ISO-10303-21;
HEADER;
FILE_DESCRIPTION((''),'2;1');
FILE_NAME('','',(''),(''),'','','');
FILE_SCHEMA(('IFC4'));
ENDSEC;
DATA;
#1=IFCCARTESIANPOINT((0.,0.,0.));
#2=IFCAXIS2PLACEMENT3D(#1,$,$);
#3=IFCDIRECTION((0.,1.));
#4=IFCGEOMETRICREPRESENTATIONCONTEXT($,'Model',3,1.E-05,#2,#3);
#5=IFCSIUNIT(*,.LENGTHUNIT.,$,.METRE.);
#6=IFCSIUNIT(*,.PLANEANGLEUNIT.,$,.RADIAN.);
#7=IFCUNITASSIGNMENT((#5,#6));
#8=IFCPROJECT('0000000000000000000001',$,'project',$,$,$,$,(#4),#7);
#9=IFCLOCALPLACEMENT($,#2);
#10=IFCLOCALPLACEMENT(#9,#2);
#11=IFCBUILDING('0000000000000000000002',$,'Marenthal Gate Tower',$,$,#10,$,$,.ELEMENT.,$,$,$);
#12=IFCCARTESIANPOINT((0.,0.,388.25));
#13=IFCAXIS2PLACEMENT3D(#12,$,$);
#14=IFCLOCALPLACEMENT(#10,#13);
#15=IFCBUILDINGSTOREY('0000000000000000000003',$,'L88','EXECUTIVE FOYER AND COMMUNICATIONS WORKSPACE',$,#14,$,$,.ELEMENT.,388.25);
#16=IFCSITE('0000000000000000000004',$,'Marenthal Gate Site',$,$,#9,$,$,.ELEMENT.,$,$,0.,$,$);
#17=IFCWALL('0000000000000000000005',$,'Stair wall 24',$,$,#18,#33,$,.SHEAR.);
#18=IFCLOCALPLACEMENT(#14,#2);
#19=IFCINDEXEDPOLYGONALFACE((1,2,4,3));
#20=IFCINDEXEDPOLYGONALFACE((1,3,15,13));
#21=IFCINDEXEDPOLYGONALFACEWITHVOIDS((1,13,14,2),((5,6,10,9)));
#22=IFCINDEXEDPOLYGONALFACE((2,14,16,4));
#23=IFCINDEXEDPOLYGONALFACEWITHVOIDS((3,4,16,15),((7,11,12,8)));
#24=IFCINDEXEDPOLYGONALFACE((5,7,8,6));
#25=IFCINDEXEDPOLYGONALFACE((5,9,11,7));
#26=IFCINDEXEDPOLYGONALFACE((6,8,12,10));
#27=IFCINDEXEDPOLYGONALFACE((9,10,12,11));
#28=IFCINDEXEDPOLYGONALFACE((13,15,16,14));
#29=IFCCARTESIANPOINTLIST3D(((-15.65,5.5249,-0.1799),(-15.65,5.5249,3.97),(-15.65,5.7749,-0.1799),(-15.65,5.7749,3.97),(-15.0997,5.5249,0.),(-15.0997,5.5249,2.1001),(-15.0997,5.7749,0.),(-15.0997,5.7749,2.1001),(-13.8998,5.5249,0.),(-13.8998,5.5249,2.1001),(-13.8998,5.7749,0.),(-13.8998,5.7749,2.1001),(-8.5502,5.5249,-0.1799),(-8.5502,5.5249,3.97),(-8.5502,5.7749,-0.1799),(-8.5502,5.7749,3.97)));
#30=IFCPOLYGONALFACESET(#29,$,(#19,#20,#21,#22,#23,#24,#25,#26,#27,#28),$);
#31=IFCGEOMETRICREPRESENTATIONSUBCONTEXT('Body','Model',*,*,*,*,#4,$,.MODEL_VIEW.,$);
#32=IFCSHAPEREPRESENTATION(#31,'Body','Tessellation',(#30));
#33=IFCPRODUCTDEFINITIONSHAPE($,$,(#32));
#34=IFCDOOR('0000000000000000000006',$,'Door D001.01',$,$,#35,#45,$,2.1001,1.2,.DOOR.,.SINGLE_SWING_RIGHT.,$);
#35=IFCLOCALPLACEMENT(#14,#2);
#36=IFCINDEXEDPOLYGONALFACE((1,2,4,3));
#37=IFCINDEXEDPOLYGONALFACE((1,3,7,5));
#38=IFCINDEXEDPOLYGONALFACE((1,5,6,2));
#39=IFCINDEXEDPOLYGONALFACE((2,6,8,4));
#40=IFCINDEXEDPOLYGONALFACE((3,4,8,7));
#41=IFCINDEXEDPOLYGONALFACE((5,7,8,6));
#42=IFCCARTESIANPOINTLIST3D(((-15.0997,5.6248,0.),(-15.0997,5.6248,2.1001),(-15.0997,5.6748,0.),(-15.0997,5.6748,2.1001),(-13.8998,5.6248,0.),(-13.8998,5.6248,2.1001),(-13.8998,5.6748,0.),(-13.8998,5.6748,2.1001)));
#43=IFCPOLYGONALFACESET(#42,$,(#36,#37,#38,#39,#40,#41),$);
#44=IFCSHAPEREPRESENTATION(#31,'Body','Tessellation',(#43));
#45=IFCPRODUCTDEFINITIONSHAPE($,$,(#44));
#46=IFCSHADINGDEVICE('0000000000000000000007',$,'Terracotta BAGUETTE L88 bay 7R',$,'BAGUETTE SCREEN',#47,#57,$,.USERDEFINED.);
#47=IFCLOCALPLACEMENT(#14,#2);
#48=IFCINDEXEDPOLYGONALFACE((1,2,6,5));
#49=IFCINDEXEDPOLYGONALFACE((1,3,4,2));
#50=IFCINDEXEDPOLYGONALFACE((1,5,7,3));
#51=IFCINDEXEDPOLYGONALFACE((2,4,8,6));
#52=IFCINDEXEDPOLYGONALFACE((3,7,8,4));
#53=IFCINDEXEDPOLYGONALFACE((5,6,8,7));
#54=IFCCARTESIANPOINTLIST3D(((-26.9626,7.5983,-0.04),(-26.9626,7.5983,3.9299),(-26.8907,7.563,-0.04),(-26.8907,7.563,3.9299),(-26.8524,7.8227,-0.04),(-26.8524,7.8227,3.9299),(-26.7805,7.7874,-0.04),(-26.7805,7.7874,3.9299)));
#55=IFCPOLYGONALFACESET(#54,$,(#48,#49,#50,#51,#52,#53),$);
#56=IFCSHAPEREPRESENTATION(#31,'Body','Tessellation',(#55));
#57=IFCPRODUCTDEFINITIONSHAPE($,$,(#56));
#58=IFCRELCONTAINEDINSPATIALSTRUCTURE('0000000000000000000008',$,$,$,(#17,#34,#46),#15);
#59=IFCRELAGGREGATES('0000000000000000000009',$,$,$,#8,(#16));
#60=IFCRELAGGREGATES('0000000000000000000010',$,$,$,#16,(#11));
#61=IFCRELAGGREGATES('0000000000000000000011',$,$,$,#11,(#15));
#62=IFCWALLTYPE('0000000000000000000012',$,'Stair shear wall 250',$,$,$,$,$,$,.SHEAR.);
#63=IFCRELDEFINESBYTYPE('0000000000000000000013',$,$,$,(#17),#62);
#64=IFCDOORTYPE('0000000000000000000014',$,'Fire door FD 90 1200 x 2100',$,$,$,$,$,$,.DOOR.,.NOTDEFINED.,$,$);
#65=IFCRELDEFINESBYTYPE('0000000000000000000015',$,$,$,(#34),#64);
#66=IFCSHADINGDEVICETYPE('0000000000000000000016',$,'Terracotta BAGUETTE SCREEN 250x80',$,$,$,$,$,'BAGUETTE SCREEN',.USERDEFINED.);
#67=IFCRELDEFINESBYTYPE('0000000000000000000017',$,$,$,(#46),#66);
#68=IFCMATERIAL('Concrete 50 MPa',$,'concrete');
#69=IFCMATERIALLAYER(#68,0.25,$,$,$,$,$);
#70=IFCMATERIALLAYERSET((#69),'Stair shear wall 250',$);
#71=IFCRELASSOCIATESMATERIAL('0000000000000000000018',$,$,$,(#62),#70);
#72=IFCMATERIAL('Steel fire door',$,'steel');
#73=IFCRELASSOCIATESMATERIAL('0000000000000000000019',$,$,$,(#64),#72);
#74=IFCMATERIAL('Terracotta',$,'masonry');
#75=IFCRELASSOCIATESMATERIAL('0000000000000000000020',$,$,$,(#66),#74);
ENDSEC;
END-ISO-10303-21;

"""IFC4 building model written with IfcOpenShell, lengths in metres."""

from ifc_helpers import new_model, si_unit, direction, frame, frame_2d, origin, origin_2d, place, context, subcontext, project, spatial, rectangle, extrude, material, layer, layer_set, material_profile, profile_set, type_object, element, fill, save


model = new_model("IFC4")

# Units and contexts
model_context = context("Model", 3, precision=1e-05, world=origin(), true_north=direction((0.0, 1.0)))
body_context = subcontext(model_context, "Body", "Model", "MODEL_VIEW")
ifc_project = project(units=[si_unit("LENGTHUNIT", "METRE"), si_unit("PLANEANGLEUNIT", "RADIAN")], contexts=[model_context])

# Site, building, storey
site_placement = place(None, origin())
site = spatial("IfcSite", under=ifc_project, at=site_placement, Name="Marenthal Gate Site", CompositionType="ELEMENT", RefElevation=0.0)
building_placement = place(site_placement, origin())
building = spatial("IfcBuilding", under=site, at=building_placement, Name="Marenthal Gate Tower", CompositionType="ELEMENT")
storey_placement = place(building_placement, frame((0.0, 0.0, 388.25)))
storey = spatial("IfcBuildingStorey", under=building, at=storey_placement, Name="L88", Description="EXECUTIVE FOYER AND COMMUNICATIONS WORKSPACE", CompositionType="ELEMENT", Elevation=388.25)

# Wall, opening, door
ifc_material_1 = material(Name="Concrete 50 MPa", Category="concrete")
ifc_layer_1 = layer(ifc_material_1, 0.25)
ifc_layer_set_1 = layer_set([ifc_layer_1], Name="Stair shear wall 250")
wall_type_1 = type_object("IfcWallType", Name="Stair shear wall 250", PredefinedType="SHEAR", material=ifc_layer_set_1)
wall_1_placement = place(storey_placement, frame((-15.6499, 5.6499, -0.1799), z_axis=(0.0, 0.0, 1.0), x_axis=(1.0, 0.0, 0.0)))
wall_1 = element("IfcWall", 1, at=wall_1_placement, inside=storey, type_object=wall_type_1, Name="Stair wall 24", PredefinedType="SHEAR", context=body_context, shape_type="SweptSolid", body=[
    extrude(rectangle(XDim=7.0999, YDim=0.25, at=frame_2d((3.5498, 0.0))), origin(), (0.0, 0.0, 1.0), 4.1499),
])
opening_placement = place(wall_1_placement, frame((0.55, 0.0, 0.1799)))
opening = element("IfcOpeningElement", 2, at=opening_placement, cuts=wall_1, PredefinedType="OPENING", context=body_context, shape_type="SweptSolid", body=[
    extrude(rectangle(XDim=1.2, YDim=2.1001, at=frame_2d((0.6001, 1.05))), frame((0.0, 0.135, 0.0), z_axis=(0.0, -1.0, 0.0), x_axis=(1.0, 0.0, 0.0)), (0.0, 0.0, 1.0), 0.27),
])
ifc_material_2 = material(Name="Steel fire door", Category="steel")
door_type = type_object("IfcDoorType", Name="Fire door FD 90 1200 x 2100", OperationType="NOTDEFINED", PredefinedType="DOOR", material=ifc_material_2)
door_placement = place(opening_placement, origin())
door = element("IfcDoor", 3, at=door_placement, inside=storey, type_object=door_type, Name="Door D001.01", OperationType="SINGLE_SWING_RIGHT", OverallHeight=2.1001, OverallWidth=1.2, PredefinedType="DOOR", context=body_context, shape_type="SweptSolid", body=[
    extrude(rectangle(XDim=1.2, YDim=2.1001, at=frame_2d((0.6001, 1.05))), frame((0.0, 0.0249, 0.0), z_axis=(0.0, -1.0, 0.0), x_axis=(1.0, 0.0, 0.0)), (0.0, 0.0, 1.0), 0.05),
])
fill(opening, door)

# Shading device
ifc_material_3 = material(Name="Terracotta", Category="masonry")
ifc_material_profile_1 = material_profile(ifc_material_3, rectangle(XDim=0.25, YDim=0.0801, at=origin_2d()), Name="Terracotta baguette 250x80")
ifc_profile_set_1 = profile_set([ifc_material_profile_1], Name="Terracotta")
shading_device_type = type_object("IfcShadingDeviceType", Name="Terracotta BAGUETTE SCREEN 250x80", ElementType="BAGUETTE SCREEN", PredefinedType="USERDEFINED", material=ifc_profile_set_1)
shading_device_placement = place(storey_placement, frame((-26.8716, 7.6929, -0.04), z_axis=(0.0, 0.0, 1.0), x_axis=(-0.44081, -0.8976, 0.0)))
element("IfcShadingDevice", 4, at=shading_device_placement, inside=storey, type_object=shading_device_type, Name="Terracotta BAGUETTE L88 bay 7R", ObjectType="BAGUETTE SCREEN", PredefinedType="USERDEFINED", context=body_context, shape_type="SweptSolid", body=[
    extrude(rectangle(XDim=0.25, YDim=0.0801, at=origin_2d()), origin(), (0.0, 0.0, 1.0), 3.97),
])

save(model, "model.ifc")
